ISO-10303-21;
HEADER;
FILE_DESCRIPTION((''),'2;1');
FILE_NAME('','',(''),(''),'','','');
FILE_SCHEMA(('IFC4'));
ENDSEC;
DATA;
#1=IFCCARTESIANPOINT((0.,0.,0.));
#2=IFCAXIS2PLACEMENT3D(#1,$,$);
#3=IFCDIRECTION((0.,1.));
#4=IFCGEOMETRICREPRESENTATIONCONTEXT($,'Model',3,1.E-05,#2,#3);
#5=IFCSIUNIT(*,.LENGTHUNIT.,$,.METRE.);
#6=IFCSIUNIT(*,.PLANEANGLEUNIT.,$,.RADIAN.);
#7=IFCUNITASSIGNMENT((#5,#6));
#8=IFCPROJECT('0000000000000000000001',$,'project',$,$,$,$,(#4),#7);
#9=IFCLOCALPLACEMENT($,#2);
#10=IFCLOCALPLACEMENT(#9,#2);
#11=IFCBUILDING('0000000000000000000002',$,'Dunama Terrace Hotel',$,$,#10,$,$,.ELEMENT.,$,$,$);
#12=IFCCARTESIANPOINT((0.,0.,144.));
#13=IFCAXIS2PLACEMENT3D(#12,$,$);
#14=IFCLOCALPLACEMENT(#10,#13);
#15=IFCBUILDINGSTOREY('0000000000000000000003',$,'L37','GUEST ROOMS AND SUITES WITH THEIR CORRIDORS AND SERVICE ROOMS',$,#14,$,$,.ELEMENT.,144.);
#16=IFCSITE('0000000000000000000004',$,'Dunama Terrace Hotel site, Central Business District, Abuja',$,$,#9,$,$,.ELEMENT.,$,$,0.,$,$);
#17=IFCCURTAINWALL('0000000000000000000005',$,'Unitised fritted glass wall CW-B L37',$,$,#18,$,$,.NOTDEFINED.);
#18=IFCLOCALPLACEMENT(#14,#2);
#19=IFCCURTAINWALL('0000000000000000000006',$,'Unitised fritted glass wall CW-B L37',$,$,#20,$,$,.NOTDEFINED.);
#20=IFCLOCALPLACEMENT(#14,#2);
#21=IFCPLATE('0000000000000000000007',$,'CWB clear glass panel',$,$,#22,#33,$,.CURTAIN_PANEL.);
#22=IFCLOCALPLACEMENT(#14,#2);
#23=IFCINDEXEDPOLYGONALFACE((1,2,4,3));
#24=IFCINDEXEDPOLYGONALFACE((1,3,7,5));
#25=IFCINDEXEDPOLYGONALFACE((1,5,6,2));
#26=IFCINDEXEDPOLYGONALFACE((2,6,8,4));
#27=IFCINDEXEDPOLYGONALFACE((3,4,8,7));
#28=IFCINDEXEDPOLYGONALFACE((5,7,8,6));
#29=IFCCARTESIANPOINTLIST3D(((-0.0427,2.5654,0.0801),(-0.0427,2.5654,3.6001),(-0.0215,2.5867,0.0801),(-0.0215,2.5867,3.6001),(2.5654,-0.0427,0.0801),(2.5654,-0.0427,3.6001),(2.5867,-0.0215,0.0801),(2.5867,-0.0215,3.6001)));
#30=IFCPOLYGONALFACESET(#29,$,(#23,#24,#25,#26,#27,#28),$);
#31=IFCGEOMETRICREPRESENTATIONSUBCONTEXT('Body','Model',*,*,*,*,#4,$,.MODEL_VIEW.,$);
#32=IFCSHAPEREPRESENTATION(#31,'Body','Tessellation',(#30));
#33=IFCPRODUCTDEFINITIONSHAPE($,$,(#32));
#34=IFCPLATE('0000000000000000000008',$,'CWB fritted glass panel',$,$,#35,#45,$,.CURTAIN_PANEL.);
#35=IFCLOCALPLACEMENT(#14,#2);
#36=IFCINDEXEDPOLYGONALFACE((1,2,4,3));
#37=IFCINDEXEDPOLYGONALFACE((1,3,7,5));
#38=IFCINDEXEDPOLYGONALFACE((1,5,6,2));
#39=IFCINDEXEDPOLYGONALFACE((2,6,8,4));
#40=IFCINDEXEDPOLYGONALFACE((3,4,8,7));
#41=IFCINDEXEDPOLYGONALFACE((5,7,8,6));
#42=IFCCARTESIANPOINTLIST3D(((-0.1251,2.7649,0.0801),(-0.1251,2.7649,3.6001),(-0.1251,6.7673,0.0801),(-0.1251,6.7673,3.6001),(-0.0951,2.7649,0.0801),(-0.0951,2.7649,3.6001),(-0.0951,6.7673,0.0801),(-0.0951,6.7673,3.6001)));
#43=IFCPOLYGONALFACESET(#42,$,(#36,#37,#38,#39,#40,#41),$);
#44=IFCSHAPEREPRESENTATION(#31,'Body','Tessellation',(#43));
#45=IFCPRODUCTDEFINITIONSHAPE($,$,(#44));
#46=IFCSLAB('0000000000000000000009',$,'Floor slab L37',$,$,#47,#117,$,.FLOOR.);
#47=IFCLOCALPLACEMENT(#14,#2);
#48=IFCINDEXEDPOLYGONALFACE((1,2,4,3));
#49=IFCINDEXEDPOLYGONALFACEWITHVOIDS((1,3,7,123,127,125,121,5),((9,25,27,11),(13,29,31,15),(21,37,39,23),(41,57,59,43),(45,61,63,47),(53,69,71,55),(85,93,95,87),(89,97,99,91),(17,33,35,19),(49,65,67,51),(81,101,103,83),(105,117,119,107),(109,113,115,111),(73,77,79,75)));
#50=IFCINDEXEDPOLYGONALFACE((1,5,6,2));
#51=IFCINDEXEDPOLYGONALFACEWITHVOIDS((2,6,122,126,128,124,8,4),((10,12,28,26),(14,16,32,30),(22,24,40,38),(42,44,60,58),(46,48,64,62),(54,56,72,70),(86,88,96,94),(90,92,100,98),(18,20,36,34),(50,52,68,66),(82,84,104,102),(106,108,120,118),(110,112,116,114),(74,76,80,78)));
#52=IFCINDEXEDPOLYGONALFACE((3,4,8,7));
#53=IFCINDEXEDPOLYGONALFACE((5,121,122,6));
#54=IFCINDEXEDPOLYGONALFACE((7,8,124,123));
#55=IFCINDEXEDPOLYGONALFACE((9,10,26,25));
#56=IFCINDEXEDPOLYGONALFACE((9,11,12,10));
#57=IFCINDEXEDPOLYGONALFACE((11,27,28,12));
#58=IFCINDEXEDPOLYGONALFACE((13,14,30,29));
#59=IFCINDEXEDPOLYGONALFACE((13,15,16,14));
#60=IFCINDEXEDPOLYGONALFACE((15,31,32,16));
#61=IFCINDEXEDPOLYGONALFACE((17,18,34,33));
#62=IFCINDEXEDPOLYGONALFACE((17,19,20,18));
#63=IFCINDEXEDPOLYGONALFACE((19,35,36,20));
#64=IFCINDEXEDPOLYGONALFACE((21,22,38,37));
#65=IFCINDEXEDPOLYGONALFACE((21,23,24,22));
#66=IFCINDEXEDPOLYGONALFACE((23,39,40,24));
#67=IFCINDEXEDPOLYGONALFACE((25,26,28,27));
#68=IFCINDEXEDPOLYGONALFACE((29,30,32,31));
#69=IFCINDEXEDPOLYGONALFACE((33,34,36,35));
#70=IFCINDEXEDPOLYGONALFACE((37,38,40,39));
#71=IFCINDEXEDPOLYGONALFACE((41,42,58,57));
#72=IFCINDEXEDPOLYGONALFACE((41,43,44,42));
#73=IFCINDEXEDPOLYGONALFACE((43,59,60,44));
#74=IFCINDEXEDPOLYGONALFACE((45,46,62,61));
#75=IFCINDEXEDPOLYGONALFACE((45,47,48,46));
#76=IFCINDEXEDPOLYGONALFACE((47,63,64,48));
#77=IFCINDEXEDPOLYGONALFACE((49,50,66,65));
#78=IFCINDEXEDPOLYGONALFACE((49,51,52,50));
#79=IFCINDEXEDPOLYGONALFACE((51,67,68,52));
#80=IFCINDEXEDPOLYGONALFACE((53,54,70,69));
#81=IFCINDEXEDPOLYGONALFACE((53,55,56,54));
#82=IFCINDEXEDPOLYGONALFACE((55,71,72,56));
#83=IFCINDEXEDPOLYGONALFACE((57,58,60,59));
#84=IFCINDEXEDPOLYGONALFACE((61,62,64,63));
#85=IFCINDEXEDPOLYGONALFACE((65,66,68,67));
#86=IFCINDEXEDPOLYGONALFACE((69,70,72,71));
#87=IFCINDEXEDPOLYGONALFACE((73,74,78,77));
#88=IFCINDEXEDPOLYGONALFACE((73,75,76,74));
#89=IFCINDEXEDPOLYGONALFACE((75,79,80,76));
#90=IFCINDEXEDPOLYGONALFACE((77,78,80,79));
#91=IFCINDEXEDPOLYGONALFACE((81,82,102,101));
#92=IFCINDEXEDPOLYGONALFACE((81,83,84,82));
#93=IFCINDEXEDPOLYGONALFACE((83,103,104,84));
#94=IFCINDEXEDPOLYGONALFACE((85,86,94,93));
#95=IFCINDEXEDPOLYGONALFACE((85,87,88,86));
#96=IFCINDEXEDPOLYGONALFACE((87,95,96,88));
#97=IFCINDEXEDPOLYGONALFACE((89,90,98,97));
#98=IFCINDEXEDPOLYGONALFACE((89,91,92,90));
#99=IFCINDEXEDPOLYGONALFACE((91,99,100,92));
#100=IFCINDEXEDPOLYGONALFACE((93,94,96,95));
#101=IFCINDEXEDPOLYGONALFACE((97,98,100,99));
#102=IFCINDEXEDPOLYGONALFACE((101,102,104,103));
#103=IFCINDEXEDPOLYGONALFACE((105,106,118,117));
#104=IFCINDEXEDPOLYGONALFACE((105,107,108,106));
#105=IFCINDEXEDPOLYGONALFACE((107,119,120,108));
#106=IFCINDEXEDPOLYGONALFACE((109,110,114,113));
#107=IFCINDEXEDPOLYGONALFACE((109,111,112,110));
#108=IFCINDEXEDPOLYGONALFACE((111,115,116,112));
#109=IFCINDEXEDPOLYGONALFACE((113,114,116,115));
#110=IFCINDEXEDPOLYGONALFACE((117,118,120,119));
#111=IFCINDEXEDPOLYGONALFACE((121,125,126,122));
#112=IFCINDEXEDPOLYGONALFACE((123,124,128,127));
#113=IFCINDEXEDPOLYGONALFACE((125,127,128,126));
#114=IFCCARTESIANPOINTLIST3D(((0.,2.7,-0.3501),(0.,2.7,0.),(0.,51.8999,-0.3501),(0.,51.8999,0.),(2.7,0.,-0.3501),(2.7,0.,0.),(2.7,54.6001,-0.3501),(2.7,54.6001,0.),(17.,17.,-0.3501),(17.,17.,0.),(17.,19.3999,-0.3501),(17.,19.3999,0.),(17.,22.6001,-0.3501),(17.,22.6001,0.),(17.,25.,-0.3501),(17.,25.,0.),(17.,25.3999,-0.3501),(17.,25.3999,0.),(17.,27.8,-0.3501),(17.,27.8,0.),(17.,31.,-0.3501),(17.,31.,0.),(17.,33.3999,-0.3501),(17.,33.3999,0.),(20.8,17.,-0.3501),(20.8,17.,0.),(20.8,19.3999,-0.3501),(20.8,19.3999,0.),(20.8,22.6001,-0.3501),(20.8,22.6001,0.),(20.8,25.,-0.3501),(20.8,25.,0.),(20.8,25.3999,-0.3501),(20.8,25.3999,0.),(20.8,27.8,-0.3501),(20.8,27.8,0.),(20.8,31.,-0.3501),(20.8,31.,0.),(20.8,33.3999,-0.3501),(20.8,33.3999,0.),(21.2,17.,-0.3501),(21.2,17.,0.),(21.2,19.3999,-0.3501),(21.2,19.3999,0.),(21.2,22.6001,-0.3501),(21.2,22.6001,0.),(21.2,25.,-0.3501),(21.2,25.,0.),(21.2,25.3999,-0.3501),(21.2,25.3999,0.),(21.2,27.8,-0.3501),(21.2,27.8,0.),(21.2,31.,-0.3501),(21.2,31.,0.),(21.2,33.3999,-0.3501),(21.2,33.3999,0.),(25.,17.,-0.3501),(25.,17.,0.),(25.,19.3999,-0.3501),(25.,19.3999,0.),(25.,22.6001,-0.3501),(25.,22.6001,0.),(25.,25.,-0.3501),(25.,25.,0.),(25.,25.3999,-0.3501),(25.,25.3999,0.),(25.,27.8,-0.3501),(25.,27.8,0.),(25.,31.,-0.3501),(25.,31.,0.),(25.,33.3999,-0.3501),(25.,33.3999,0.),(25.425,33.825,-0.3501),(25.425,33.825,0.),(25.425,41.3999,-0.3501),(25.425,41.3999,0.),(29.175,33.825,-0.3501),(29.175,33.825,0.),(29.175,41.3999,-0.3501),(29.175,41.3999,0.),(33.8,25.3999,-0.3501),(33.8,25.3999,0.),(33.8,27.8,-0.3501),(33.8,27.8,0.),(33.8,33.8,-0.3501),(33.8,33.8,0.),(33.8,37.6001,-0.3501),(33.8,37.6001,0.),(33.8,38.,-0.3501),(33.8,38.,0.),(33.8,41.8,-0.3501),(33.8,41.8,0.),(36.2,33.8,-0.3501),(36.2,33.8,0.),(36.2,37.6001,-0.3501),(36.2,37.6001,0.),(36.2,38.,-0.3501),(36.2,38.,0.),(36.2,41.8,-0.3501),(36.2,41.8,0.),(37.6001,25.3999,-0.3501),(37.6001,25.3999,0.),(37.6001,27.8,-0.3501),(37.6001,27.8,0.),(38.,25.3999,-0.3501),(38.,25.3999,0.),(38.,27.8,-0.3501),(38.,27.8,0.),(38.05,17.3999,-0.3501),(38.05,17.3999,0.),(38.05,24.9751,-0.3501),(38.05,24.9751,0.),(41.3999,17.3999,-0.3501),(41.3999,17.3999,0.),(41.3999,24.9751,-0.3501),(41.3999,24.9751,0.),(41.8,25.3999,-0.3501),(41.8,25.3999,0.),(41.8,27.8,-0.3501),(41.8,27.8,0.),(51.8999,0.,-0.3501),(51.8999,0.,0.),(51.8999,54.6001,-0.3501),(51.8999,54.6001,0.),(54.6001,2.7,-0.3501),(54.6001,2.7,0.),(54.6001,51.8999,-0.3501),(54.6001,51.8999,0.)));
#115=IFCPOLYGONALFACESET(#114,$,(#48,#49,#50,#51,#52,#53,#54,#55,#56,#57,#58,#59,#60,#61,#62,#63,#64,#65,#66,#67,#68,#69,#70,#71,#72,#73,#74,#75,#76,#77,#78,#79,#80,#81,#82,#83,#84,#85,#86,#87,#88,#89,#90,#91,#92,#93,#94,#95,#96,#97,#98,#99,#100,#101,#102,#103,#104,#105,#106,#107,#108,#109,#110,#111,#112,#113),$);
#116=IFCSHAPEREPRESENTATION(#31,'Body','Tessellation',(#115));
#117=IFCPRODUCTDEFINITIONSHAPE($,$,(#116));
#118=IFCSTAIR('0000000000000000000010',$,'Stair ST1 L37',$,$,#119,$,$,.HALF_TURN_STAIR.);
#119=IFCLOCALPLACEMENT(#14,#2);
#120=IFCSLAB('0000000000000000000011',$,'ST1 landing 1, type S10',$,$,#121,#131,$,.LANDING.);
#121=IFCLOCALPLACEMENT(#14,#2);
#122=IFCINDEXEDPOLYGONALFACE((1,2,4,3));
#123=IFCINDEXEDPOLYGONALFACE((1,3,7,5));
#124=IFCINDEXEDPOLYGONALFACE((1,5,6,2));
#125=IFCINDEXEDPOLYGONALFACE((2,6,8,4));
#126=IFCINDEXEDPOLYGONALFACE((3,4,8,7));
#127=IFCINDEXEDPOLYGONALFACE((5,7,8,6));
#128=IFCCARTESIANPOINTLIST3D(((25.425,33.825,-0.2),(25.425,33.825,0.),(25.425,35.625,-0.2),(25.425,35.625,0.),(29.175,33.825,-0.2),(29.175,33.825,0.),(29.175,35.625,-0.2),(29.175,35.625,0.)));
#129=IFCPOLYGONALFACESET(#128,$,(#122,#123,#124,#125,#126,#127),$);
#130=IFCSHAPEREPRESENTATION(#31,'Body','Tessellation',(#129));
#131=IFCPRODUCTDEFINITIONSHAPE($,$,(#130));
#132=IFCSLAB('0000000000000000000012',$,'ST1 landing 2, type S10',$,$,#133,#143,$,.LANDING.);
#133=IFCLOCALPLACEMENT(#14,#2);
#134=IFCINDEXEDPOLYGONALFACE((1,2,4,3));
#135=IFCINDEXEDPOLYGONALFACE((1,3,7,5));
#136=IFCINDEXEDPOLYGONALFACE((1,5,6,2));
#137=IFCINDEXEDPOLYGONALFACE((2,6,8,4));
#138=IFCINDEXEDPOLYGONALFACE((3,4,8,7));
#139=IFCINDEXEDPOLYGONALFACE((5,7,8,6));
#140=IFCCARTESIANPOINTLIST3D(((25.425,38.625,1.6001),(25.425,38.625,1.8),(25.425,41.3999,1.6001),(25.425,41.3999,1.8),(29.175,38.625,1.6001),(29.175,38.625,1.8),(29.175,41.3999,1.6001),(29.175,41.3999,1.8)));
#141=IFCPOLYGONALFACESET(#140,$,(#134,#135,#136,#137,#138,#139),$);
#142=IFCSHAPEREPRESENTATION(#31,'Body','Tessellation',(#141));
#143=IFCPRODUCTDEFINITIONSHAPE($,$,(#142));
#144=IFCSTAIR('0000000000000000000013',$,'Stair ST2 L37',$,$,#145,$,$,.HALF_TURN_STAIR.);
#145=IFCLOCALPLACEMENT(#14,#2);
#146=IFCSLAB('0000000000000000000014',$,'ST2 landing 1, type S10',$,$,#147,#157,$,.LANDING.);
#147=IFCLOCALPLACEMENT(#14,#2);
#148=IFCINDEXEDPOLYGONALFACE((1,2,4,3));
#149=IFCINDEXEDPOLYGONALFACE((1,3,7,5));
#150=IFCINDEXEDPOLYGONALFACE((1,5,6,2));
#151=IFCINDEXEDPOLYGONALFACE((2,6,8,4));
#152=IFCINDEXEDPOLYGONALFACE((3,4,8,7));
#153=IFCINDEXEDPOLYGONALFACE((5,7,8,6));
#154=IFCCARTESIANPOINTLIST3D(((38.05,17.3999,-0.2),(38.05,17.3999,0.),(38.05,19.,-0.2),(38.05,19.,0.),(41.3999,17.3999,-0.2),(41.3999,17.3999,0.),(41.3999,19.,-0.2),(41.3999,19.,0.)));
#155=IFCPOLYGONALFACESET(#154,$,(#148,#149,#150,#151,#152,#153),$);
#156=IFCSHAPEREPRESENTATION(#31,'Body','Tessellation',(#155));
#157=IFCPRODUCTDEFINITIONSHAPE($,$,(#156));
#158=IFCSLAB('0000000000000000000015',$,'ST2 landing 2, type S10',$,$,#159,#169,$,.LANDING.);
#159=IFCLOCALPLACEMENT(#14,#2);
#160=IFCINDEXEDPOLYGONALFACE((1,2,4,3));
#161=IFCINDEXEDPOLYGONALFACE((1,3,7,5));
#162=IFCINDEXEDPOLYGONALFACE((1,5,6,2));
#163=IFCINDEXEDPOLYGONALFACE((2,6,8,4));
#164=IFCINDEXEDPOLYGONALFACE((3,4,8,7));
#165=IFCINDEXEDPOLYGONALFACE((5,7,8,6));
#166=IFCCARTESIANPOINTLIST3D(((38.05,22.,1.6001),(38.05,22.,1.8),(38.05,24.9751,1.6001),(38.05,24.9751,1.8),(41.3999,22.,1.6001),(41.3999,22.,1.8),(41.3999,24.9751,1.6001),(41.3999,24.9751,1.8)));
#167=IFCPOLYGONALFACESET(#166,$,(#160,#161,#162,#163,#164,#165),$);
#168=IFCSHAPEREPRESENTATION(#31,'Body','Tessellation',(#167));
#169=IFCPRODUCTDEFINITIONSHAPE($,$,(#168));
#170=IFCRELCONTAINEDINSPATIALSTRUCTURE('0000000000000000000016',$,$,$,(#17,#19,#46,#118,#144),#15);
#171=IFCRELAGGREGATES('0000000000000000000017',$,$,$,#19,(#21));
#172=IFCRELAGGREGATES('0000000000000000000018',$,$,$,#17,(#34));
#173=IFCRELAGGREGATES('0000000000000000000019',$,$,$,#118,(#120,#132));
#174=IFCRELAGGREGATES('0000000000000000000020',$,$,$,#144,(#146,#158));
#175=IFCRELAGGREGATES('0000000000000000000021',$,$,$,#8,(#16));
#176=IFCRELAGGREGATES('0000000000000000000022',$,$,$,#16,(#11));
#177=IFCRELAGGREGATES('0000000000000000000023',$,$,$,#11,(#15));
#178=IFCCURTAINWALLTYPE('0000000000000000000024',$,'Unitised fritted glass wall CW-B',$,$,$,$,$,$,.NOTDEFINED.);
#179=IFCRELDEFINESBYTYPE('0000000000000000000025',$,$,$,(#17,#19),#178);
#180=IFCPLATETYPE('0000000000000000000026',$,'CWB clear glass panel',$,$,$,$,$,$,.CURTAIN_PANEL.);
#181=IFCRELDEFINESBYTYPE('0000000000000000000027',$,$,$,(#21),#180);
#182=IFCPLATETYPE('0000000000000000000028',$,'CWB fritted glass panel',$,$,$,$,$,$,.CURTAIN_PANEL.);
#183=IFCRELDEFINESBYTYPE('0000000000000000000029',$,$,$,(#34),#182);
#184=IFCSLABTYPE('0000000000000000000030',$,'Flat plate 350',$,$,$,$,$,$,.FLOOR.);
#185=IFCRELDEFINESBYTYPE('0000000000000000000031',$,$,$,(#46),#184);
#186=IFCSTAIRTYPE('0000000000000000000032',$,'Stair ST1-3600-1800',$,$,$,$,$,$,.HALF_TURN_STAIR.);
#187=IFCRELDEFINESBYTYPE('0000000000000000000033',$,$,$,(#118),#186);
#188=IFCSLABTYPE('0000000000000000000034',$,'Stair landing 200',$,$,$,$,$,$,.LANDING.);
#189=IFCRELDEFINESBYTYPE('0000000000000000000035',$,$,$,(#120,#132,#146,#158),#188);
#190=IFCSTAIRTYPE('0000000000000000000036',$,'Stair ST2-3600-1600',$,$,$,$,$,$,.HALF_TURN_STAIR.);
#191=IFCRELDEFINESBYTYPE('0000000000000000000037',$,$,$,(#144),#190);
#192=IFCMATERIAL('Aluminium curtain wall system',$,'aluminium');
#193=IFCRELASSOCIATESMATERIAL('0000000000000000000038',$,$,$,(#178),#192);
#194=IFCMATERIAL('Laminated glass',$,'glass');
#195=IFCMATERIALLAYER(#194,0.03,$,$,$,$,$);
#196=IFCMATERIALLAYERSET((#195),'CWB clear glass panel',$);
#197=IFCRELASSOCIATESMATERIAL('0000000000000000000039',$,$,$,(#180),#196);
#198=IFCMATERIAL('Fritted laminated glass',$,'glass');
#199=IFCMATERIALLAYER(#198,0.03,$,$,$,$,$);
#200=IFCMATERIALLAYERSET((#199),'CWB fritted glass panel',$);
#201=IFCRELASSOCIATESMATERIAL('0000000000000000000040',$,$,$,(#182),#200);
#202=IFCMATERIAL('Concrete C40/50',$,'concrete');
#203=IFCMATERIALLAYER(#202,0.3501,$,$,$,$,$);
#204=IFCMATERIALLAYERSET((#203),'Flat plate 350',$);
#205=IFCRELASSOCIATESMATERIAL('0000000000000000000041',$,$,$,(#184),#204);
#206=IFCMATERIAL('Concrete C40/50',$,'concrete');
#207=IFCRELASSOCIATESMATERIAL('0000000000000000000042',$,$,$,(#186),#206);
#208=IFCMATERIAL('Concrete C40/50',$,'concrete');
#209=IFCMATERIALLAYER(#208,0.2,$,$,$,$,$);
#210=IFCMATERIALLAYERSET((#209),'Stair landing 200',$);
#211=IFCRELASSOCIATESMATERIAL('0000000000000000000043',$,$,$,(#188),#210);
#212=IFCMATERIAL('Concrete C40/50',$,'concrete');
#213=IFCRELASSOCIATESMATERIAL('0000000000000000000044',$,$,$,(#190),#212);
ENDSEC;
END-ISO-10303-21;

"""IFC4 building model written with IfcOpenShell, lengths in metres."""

from ifc_helpers import new_model, si_unit, direction, frame, origin, origin_2d, place, context, subcontext, project, spatial, polyline, rectangle, outline, extrude, material, layer, layer_set, type_object, element, aggregate, save


model = new_model("IFC4")

# Units and contexts
model_context = context("Model", 3, precision=1e-05, world=origin(), true_north=direction((0.0, 1.0)))
body_context = subcontext(model_context, "Body", "Model", "MODEL_VIEW")
ifc_project = project(units=[si_unit("LENGTHUNIT", "METRE"), si_unit("PLANEANGLEUNIT", "RADIAN")], contexts=[model_context])

# Site, building, storey
site_placement = place(None, origin())
site = spatial("IfcSite", under=ifc_project, at=site_placement, Name="Dunama Terrace Hotel site, Central Business District, Abuja", CompositionType="ELEMENT", RefElevation=0.0)
building_placement = place(site_placement, origin())
building = spatial("IfcBuilding", under=site, at=building_placement, Name="Dunama Terrace Hotel", CompositionType="ELEMENT")
storey_placement = place(building_placement, frame((0.0, 0.0, 144.0)))
storey = spatial("IfcBuildingStorey", under=building, at=storey_placement, Name="L37", Description="GUEST ROOMS AND SUITES WITH THEIR CORRIDORS AND SERVICE ROOMS", CompositionType="ELEMENT", Elevation=144.0)

# Curtain walls
ifc_material_1 = material(Name="Aluminium curtain wall system", Category="aluminium")
curtain_wall_type = type_object("IfcCurtainWallType", Name="Unitised fritted glass wall CW-B", PredefinedType="NOTDEFINED", material=ifc_material_1)
curtain_wall_1_placement = place(storey_placement, origin())
curtain_wall_1 = element("IfcCurtainWall", 1, at=curtain_wall_1_placement, inside=storey, type_object=curtain_wall_type, Name="Unitised fritted glass wall CW-B L37", PredefinedType="NOTDEFINED")
curtain_wall_2_placement = place(storey_placement, origin())
curtain_wall_2 = element("IfcCurtainWall", 2, at=curtain_wall_2_placement, inside=storey, type_object=curtain_wall_type, Name="Unitised fritted glass wall CW-B L37", PredefinedType="NOTDEFINED")

# Plates
ifc_material_2 = material(Name="Laminated glass", Category="glass")
ifc_layer_1 = layer(ifc_material_2, 0.03)
ifc_layer_set_1 = layer_set([ifc_layer_1], Name="CWB clear glass panel")
plate_type_1 = type_object("IfcPlateType", Name="CWB clear glass panel", PredefinedType="CURTAIN_PANEL", material=ifc_layer_set_1)
plate_1_placement = place(storey_placement, frame((1.272, 1.272, 0.0801), z_axis=(0.0, 0.0, 1.0), x_axis=(0.707107, -0.707107, 0.0)))
plate_1 = element("IfcPlate", 3, at=plate_1_placement, type_object=plate_type_1, Name="CWB clear glass panel", PredefinedType="CURTAIN_PANEL", context=body_context, shape_type="SweptSolid", body=[
    extrude(rectangle(XDim=3.6885, YDim=0.03, at=origin_2d()), origin(), (0.0, 0.0, 1.0), 3.52),
])
aggregate(curtain_wall_2, [plate_1])
ifc_material_3 = material(Name="Fritted laminated glass", Category="glass")
ifc_layer_2 = layer(ifc_material_3, 0.03)
ifc_layer_set_2 = layer_set([ifc_layer_2], Name="CWB fritted glass panel")
plate_type_2 = type_object("IfcPlateType", Name="CWB fritted glass panel", PredefinedType="CURTAIN_PANEL", material=ifc_layer_set_2)
plate_2_placement = place(storey_placement, frame((-0.1101, 4.7661, 0.0801), z_axis=(0.0, 0.0, 1.0), x_axis=(0.0, -1.0, 0.0)))
plate_2 = element("IfcPlate", 4, at=plate_2_placement, type_object=plate_type_2, Name="CWB fritted glass panel", PredefinedType="CURTAIN_PANEL", context=body_context, shape_type="SweptSolid", body=[
    extrude(rectangle(XDim=4.0024, YDim=0.03, at=origin_2d()), origin(), (0.0, 0.0, 1.0), 3.52),
])
aggregate(curtain_wall_1, [plate_2])

# Slab
ifc_material_4 = material(Name="Concrete C40/50", Category="concrete")
ifc_layer_3 = layer(ifc_material_4, 0.3501)
ifc_layer_set_3 = layer_set([ifc_layer_3], Name="Flat plate 350")
slab_type_1 = type_object("IfcSlabType", Name="Flat plate 350", PredefinedType="FLOOR", material=ifc_layer_set_3)
slab_1_placement = place(storey_placement, frame((0.0, 0.0, -0.3501)))
element("IfcSlab", 5, at=slab_1_placement, inside=storey, type_object=slab_type_1, Name="Floor slab L37", PredefinedType="FLOOR", context=body_context, shape_type="SweptSolid", body=[
    extrude(outline(polyline([(2.7, 0.0), (51.8999, 0.0), (54.6001, 2.7), (54.6001, 51.8999), (51.8999, 54.6001), (2.7, 54.6001), (0.0, 51.8999), (0.0, 2.7), (2.7, 0.0)]), holes=[polyline([(37.6001, 25.3999), (37.6001, 27.8), (33.8, 27.8), (33.8, 25.3999), (37.6001, 25.3999)]), polyline([(41.8, 25.3999), (41.8, 27.8), (38.0, 27.8), (38.0, 25.3999), (41.8, 25.3999)]), polyline([(20.8, 17.0), (20.8, 19.3999), (17.0, 19.3999), (17.0, 17.0), (20.8, 17.0)]), polyline([(25.0, 17.0), (25.0, 19.3999), (21.2, 19.3999), (21.2, 17.0), (25.0, 17.0)]), polyline([(20.8, 22.6001), (20.8, 25.0), (17.0, 25.0), (17.0, 22.6001), (20.8, 22.6001)]), polyline([(25.0, 22.6001), (25.0, 25.0), (21.2, 25.0), (21.2, 22.6001), (25.0, 22.6001)]), polyline([(20.8, 25.3999), (20.8, 27.8), (17.0, 27.8), (17.0, 25.3999), (20.8, 25.3999)]), polyline([(25.0, 25.3999), (25.0, 27.8), (21.2, 27.8), (21.2, 25.3999), (25.0, 25.3999)]), polyline([(20.8, 31.0), (20.8, 33.3999), (17.0, 33.3999), (17.0, 31.0), (20.8, 31.0)]), polyline([(25.0, 31.0), (25.0, 33.3999), (21.2, 33.3999), (21.2, 31.0), (25.0, 31.0)]), polyline([(36.2, 38.0), (36.2, 41.8), (33.8, 41.8), (33.8, 38.0), (36.2, 38.0)]), polyline([(36.2, 33.8), (36.2, 37.6001), (33.8, 37.6001), (33.8, 33.8), (36.2, 33.8)]), polyline([(29.175, 33.825), (29.175, 41.3999), (25.425, 41.3999), (25.425, 33.825), (29.175, 33.825)]), polyline([(41.3999, 17.3999), (41.3999, 24.9751), (38.05, 24.9751), (38.05, 17.3999), (41.3999, 17.3999)])]), origin(), (0.0, 0.0, 1.0), 0.3501),
])

# Stairs, slabs
ifc_material_5 = material(Name="Concrete C40/50", Category="concrete")
stair_type_1 = type_object("IfcStairType", Name="Stair ST1-3600-1800", PredefinedType="HALF_TURN_STAIR", material=ifc_material_5)
stair_1_placement = place(storey_placement, origin())
stair_1 = element("IfcStair", 6, at=stair_1_placement, inside=storey, type_object=stair_type_1, Name="Stair ST1 L37", PredefinedType="HALF_TURN_STAIR")
ifc_material_6 = material(Name="Concrete C40/50", Category="concrete")
ifc_layer_4 = layer(ifc_material_6, 0.2)
ifc_layer_set_4 = layer_set([ifc_layer_4], Name="Stair landing 200")
slab_type_2 = type_object("IfcSlabType", Name="Stair landing 200", PredefinedType="LANDING", material=ifc_layer_set_4)
slab_2_placement = place(storey_placement, frame((0.0, 0.0, -0.2)))
slab_2 = element("IfcSlab", 7, at=slab_2_placement, type_object=slab_type_2, Name="ST1 landing 1, type S10", PredefinedType="LANDING", context=body_context, shape_type="SweptSolid", body=[
    extrude(outline(polyline([(25.425, 33.825), (29.175, 33.825), (29.175, 35.625), (25.425, 35.625), (25.425, 33.825)])), origin(), (0.0, 0.0, 1.0), 0.2),
])
slab_3_placement = place(storey_placement, frame((0.0, 0.0, 1.6001)))
slab_3 = element("IfcSlab", 8, at=slab_3_placement, type_object=slab_type_2, Name="ST1 landing 2, type S10", PredefinedType="LANDING", context=body_context, shape_type="SweptSolid", body=[
    extrude(outline(polyline([(25.425, 38.625), (29.175, 38.625), (29.175, 41.3999), (25.425, 41.3999), (25.425, 38.625)])), origin(), (0.0, 0.0, 1.0), 0.2),
])
aggregate(stair_1, [slab_2, slab_3])
ifc_material_7 = material(Name="Concrete C40/50", Category="concrete")
stair_type_2 = type_object("IfcStairType", Name="Stair ST2-3600-1600", PredefinedType="HALF_TURN_STAIR", material=ifc_material_7)
stair_2_placement = place(storey_placement, origin())
stair_2 = element("IfcStair", 9, at=stair_2_placement, inside=storey, type_object=stair_type_2, Name="Stair ST2 L37", PredefinedType="HALF_TURN_STAIR")
slab_4_placement = place(storey_placement, frame((0.0, 0.0, -0.2)))
slab_4 = element("IfcSlab", 10, at=slab_4_placement, type_object=slab_type_2, Name="ST2 landing 1, type S10", PredefinedType="LANDING", context=body_context, shape_type="SweptSolid", body=[
    extrude(outline(polyline([(38.05, 17.3999), (41.3999, 17.3999), (41.3999, 19.0), (38.05, 19.0), (38.05, 17.3999)])), origin(), (0.0, 0.0, 1.0), 0.2),
])
slab_5_placement = place(storey_placement, frame((0.0, 0.0, 1.6001)))
slab_5 = element("IfcSlab", 11, at=slab_5_placement, type_object=slab_type_2, Name="ST2 landing 2, type S10", PredefinedType="LANDING", context=body_context, shape_type="SweptSolid", body=[
    extrude(outline(polyline([(38.05, 22.0), (41.3999, 22.0), (41.3999, 24.9751), (38.05, 24.9751), (38.05, 22.0)])), origin(), (0.0, 0.0, 1.0), 0.2),
])
aggregate(stair_2, [slab_4, slab_5])

save(model, "model.ifc")
